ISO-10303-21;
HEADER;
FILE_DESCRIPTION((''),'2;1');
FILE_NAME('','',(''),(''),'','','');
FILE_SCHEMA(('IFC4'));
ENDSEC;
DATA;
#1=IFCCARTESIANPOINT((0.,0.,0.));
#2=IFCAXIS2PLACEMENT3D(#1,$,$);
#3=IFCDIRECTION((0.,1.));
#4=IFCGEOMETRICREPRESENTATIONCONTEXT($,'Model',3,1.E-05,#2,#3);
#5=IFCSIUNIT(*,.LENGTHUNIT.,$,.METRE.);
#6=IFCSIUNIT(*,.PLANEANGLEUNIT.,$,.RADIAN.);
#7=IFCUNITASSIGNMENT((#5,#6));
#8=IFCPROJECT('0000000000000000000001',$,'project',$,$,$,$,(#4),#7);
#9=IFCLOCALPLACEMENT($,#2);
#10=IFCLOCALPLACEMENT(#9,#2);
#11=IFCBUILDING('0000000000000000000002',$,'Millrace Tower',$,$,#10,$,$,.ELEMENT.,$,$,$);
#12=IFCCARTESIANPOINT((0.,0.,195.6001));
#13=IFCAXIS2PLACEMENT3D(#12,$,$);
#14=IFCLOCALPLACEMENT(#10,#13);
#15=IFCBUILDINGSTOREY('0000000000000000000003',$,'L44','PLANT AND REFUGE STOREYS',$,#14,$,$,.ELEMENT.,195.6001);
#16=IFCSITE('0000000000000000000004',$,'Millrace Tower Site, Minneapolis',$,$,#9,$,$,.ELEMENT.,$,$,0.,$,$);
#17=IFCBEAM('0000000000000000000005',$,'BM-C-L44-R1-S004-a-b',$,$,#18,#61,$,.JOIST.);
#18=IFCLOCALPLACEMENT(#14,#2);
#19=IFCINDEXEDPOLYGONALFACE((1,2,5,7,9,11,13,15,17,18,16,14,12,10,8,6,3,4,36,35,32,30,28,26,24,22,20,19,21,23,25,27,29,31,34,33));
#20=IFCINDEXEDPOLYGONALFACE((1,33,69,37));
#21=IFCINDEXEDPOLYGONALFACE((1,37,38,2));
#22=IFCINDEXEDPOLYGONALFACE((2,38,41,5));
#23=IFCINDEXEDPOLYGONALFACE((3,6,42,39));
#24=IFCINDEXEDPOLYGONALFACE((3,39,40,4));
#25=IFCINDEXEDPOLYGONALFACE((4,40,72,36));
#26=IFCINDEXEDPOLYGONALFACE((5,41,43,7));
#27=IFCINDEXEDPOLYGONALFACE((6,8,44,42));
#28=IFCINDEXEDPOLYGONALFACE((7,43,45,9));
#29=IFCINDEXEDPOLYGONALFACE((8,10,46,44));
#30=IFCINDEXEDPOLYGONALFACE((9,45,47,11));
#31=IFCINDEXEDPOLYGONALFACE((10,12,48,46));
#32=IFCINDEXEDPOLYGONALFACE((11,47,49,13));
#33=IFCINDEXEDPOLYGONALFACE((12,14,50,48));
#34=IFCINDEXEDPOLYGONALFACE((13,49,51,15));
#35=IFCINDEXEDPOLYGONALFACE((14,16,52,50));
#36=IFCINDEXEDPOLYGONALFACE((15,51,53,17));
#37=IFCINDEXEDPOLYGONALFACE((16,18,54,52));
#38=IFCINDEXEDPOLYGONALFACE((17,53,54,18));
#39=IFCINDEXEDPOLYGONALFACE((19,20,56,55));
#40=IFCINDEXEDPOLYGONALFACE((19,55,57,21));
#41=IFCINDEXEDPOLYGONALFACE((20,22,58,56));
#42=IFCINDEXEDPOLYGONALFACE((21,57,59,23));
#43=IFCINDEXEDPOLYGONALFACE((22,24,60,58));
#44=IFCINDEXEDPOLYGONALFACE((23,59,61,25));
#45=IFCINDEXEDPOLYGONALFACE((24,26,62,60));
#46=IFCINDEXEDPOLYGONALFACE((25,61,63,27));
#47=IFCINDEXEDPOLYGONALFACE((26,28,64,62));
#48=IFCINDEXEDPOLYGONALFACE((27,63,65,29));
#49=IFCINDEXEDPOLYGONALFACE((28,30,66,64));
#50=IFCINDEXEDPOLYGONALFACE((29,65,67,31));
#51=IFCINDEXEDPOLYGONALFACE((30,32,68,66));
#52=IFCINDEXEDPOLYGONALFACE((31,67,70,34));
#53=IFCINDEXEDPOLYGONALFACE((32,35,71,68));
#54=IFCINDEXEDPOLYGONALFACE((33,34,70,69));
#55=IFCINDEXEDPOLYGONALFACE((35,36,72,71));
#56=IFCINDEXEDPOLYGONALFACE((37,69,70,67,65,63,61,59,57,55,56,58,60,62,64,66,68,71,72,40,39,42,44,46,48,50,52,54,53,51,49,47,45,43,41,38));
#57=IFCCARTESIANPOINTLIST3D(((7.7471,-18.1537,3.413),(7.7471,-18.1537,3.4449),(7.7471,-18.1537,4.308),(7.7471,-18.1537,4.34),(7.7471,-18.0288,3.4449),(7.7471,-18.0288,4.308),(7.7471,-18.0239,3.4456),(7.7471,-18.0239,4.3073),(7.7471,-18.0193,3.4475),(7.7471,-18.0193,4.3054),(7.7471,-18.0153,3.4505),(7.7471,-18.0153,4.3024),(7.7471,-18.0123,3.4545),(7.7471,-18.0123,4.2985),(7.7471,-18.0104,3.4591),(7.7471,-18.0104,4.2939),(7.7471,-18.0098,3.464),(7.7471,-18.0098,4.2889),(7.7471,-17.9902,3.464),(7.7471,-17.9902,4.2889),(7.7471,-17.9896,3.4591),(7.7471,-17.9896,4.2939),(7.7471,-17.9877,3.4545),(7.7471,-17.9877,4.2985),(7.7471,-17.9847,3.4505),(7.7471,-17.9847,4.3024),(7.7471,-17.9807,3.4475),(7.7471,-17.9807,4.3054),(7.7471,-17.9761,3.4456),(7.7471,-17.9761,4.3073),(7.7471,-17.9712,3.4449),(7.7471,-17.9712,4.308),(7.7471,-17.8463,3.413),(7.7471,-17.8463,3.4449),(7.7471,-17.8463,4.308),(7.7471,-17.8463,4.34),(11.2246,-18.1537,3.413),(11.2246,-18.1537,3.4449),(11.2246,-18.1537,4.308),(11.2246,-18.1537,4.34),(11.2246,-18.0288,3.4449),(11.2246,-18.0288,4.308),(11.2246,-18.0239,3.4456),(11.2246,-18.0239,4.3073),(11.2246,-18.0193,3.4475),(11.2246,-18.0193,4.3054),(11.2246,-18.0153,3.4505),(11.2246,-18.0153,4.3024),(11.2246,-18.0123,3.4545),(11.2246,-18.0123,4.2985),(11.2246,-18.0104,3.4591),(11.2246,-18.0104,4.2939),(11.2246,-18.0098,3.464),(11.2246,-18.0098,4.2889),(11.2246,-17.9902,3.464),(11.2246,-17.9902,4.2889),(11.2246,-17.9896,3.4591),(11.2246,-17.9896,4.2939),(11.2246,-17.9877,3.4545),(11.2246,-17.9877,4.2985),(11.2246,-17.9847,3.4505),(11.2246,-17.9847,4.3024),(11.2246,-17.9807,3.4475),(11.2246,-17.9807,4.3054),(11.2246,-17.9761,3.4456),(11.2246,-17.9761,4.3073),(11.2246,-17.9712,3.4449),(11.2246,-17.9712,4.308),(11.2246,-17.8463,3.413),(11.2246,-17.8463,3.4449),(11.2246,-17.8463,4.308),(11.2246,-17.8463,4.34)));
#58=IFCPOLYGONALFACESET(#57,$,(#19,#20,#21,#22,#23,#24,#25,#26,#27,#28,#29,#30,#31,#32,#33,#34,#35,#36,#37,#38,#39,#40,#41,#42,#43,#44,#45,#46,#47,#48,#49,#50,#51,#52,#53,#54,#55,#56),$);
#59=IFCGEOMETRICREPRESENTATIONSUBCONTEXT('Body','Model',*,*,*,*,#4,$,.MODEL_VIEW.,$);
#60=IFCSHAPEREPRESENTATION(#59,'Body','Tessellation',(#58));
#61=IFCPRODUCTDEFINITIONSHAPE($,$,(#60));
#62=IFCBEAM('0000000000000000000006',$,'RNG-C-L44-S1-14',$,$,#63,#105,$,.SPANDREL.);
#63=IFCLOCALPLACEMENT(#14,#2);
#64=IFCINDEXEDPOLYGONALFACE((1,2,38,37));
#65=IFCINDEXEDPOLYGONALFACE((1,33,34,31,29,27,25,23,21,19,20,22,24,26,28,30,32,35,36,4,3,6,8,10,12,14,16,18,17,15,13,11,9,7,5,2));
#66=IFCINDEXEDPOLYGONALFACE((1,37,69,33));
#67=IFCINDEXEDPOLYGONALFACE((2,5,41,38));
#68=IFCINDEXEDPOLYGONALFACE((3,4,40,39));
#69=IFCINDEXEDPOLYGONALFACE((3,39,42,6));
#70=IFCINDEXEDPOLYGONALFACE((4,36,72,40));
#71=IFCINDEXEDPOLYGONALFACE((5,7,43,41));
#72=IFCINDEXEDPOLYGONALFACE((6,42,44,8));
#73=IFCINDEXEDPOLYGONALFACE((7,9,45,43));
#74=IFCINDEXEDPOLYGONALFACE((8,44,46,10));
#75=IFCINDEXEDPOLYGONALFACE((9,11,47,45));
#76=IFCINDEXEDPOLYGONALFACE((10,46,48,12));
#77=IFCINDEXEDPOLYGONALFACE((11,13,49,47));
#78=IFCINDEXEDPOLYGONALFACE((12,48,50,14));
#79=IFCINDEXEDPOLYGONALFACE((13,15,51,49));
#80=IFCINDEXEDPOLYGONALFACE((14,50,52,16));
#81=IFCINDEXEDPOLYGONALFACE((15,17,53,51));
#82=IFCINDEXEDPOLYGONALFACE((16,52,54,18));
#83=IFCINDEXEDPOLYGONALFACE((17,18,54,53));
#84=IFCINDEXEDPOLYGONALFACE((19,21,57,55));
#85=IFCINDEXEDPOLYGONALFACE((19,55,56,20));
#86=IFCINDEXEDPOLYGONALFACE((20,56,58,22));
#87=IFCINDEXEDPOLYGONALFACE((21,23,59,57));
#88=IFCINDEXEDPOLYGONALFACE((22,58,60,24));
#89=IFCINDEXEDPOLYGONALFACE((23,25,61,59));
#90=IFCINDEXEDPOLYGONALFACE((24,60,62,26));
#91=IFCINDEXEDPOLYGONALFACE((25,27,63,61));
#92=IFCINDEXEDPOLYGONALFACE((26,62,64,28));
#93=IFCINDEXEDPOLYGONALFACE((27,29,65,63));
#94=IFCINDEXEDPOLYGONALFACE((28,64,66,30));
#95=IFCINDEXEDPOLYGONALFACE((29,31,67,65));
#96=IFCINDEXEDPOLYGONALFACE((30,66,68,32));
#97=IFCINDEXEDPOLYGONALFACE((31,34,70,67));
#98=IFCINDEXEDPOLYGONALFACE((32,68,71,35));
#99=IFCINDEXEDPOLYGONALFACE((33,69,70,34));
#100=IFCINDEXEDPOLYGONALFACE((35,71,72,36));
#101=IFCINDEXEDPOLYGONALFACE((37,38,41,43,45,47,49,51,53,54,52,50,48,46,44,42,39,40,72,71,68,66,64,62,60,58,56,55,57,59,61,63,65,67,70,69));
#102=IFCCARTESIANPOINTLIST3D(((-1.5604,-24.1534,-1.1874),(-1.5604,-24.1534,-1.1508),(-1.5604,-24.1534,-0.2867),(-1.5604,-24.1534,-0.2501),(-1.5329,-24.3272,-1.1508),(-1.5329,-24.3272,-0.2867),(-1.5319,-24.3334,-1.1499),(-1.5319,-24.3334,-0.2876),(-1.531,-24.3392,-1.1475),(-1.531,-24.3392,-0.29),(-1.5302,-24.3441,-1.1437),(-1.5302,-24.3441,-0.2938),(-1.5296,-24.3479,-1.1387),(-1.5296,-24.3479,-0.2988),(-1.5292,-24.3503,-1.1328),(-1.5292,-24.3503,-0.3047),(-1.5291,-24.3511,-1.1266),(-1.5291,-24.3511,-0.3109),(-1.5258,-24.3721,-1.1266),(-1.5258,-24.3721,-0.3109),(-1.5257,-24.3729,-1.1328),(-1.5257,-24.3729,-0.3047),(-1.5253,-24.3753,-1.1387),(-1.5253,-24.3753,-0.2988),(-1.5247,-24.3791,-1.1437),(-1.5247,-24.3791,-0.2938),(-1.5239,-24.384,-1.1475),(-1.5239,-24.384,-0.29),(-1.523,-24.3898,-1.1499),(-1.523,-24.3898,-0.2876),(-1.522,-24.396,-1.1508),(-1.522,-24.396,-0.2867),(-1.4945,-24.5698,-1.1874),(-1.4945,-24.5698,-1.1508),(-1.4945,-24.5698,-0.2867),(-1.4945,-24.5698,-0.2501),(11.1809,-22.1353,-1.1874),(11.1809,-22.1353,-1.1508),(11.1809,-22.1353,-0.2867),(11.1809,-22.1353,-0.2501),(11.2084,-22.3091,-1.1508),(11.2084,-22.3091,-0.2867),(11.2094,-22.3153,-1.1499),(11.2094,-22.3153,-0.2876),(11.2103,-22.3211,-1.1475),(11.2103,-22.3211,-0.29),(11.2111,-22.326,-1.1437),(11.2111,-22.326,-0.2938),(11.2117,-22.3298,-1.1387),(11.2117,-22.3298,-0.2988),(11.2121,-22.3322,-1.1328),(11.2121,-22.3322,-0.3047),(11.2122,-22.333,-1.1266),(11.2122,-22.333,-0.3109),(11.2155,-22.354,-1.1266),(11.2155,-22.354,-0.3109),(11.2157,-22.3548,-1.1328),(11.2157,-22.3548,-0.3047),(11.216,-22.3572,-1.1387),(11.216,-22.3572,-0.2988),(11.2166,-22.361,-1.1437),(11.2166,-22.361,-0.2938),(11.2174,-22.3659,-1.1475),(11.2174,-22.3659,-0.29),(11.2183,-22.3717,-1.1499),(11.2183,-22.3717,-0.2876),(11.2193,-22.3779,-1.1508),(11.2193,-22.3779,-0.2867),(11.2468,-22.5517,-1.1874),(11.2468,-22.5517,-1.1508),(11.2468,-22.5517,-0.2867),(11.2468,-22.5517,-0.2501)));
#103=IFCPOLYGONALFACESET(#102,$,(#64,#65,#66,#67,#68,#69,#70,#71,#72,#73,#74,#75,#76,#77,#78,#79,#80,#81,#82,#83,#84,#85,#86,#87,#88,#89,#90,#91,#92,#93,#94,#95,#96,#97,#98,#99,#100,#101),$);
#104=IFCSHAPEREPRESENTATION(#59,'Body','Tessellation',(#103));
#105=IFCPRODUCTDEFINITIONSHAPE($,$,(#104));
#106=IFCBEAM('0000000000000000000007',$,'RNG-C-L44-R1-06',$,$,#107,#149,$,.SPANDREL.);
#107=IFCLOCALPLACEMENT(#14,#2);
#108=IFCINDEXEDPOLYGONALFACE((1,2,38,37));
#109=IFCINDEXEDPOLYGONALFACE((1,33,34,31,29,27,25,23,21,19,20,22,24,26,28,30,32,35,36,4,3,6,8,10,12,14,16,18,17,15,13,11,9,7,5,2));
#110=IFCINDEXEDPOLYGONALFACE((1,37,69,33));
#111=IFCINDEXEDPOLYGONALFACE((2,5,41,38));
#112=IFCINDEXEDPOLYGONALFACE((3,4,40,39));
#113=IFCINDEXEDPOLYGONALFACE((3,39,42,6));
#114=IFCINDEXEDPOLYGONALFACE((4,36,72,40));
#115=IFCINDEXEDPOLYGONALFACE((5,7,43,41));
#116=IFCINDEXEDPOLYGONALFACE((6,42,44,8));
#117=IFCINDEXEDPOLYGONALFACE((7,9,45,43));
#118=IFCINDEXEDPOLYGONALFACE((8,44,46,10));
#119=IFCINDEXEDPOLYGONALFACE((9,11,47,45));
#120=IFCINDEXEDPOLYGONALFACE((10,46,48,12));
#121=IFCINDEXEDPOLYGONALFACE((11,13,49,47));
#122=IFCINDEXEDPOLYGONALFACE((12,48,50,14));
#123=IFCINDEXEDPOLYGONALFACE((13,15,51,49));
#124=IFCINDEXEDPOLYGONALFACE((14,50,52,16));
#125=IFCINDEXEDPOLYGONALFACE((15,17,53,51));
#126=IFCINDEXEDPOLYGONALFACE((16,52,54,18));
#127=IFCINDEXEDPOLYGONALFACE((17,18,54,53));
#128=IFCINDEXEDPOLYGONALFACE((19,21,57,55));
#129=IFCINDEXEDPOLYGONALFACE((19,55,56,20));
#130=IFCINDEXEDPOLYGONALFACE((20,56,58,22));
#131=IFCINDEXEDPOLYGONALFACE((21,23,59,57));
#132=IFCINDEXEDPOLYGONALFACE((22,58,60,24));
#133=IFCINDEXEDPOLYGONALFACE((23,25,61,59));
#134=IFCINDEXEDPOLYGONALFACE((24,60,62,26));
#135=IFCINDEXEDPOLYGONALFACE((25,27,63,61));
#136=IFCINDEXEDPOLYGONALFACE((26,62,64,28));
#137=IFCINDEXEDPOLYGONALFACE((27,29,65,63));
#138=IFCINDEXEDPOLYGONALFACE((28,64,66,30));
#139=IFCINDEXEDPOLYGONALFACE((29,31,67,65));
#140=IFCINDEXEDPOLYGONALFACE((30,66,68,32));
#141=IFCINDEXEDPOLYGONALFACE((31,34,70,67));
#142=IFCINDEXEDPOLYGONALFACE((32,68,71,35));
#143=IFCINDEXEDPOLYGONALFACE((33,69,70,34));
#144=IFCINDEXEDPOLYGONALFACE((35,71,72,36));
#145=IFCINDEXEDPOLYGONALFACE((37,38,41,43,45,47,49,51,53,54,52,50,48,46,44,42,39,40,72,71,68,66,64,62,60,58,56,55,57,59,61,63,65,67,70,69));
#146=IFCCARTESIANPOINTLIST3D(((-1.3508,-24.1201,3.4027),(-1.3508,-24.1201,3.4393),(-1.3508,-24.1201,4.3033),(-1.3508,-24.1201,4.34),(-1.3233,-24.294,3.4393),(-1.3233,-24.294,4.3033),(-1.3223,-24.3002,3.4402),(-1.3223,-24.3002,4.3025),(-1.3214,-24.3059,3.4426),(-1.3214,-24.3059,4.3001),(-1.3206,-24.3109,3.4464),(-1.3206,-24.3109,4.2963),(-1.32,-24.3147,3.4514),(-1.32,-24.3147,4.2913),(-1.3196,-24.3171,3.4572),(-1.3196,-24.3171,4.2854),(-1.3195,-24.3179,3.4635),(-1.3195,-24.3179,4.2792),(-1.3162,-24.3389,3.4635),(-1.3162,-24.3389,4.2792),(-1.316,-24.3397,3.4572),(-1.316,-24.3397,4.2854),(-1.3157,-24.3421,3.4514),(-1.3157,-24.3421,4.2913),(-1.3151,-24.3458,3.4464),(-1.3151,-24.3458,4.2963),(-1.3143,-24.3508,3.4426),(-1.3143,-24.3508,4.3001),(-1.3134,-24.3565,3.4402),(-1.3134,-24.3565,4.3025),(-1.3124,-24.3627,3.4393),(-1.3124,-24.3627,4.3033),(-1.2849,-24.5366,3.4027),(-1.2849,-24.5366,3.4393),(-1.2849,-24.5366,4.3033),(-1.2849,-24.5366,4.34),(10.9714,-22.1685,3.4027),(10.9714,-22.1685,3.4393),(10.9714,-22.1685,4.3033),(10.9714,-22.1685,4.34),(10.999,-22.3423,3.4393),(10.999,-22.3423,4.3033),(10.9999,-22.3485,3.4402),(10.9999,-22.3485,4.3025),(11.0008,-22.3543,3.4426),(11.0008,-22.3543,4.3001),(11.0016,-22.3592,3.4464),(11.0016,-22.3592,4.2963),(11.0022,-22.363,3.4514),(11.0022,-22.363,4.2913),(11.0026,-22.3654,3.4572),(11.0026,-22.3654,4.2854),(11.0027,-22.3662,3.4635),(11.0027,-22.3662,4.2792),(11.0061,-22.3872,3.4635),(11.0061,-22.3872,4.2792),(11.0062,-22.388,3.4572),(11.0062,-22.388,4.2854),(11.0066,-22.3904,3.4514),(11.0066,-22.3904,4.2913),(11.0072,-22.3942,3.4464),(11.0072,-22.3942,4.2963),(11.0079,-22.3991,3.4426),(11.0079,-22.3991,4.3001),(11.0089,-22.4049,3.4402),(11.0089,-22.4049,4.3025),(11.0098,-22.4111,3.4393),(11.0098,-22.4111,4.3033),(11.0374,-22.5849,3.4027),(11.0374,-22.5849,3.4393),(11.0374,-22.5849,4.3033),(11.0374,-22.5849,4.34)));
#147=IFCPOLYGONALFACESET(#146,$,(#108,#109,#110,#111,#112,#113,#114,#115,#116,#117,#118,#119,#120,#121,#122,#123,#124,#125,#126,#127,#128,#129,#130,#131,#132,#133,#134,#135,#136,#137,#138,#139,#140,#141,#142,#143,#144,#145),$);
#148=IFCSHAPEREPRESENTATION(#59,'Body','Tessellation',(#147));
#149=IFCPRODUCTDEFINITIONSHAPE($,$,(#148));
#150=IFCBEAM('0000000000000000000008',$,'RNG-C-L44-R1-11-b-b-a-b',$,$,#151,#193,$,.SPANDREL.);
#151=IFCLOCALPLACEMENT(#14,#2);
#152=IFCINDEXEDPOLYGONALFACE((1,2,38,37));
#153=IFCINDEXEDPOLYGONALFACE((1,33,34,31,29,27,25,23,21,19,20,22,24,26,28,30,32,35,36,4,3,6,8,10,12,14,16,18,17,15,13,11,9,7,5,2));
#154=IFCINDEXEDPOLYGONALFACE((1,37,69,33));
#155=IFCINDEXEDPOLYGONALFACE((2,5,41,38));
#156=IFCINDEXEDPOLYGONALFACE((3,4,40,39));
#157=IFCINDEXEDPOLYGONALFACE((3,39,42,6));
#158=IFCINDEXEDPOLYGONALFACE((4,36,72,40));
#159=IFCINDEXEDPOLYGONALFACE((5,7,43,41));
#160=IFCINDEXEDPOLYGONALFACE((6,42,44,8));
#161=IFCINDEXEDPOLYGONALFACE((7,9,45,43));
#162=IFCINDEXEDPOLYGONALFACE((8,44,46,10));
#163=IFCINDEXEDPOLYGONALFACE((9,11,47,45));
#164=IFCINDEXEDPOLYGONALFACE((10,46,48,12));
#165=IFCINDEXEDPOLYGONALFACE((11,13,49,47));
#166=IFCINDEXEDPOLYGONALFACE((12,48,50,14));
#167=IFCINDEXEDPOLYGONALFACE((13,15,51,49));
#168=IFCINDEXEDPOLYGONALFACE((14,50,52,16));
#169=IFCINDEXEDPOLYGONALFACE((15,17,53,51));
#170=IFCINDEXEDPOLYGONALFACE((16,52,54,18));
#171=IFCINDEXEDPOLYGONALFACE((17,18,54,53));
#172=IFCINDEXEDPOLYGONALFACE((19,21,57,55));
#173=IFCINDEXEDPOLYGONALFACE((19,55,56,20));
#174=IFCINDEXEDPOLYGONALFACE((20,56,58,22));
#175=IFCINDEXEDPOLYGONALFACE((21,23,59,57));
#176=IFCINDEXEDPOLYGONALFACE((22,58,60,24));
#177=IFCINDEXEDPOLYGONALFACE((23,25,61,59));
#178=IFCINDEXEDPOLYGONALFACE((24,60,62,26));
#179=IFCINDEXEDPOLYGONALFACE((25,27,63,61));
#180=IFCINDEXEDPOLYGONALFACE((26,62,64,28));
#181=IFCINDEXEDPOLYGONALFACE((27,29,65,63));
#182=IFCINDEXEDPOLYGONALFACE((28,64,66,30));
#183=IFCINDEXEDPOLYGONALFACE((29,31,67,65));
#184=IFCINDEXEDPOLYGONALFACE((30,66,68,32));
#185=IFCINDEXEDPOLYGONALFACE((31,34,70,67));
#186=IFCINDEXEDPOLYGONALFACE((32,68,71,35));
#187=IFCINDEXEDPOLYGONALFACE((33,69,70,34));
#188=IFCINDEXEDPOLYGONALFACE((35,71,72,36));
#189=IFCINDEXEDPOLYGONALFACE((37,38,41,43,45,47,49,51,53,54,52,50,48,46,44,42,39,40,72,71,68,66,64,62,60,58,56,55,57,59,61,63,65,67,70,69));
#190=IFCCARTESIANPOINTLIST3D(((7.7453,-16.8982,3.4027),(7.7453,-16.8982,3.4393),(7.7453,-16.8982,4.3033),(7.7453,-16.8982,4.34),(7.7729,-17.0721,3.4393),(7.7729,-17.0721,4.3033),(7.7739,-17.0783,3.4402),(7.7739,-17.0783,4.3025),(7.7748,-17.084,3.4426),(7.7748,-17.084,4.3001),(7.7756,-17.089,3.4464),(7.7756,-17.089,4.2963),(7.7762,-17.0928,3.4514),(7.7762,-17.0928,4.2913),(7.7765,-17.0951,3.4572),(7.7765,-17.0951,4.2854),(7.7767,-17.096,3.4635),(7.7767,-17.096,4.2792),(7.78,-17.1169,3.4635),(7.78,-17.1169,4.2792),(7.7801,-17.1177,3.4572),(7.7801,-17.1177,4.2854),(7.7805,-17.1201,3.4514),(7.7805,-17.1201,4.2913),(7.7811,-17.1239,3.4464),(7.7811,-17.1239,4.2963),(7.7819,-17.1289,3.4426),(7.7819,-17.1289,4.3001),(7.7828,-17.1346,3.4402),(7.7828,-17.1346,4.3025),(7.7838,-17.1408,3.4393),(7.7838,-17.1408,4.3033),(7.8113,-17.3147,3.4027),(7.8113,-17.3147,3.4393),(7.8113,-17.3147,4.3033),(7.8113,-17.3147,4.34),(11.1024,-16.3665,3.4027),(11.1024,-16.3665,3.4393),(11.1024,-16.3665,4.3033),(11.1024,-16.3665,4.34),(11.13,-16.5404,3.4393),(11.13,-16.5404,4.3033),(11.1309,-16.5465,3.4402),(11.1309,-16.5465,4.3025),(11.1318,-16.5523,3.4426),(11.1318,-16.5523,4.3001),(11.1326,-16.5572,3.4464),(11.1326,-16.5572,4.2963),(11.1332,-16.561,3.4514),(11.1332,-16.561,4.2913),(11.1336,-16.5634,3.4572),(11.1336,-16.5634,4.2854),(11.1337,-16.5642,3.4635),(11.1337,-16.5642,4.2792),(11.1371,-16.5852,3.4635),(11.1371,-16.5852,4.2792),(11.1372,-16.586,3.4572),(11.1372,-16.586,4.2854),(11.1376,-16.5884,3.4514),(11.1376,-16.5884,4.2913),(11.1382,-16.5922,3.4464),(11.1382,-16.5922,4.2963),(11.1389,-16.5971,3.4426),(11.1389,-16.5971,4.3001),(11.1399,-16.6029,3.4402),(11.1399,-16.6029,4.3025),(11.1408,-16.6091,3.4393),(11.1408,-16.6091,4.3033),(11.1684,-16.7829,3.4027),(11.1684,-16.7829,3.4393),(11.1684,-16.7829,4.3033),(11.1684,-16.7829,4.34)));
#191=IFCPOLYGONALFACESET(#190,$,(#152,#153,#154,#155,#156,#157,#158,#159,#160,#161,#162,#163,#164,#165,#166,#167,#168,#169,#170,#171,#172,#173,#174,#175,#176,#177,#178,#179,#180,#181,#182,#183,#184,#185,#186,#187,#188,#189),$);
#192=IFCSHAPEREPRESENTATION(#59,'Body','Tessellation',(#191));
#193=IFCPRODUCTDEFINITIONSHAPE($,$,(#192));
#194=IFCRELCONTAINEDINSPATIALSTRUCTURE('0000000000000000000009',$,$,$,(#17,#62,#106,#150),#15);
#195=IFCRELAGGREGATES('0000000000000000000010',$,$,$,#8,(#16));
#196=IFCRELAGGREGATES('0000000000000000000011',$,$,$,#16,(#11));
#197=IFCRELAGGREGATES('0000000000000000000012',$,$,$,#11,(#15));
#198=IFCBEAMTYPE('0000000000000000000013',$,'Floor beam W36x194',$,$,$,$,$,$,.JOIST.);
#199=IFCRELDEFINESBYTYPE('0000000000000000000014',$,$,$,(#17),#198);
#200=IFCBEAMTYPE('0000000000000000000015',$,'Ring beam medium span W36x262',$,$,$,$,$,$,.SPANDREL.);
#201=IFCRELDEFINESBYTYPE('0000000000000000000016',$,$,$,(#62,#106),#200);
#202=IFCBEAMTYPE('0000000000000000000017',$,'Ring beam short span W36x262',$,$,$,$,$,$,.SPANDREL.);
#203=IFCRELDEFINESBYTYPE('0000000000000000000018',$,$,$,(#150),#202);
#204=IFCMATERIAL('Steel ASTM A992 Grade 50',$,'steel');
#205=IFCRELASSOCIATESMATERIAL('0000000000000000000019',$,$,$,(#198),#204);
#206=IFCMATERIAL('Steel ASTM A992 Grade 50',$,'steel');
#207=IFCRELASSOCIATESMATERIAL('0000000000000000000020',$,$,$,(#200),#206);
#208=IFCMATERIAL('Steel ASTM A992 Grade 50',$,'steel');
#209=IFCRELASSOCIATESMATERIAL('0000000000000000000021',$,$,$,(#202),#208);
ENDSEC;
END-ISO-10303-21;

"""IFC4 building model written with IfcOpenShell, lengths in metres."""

from ifc_helpers import new_model, si_unit, direction, frame, origin, origin_2d, place, context, subcontext, project, spatial, i_section, extrude, material, material_profile, profile_set, type_object, element, save


model = new_model("IFC4")

# Units and contexts
model_context = context("Model", 3, precision=1e-05, world=origin(), true_north=direction((0.0, 1.0)))
body_context = subcontext(model_context, "Body", "Model", "MODEL_VIEW")
ifc_project = project(units=[si_unit("LENGTHUNIT", "METRE"), si_unit("PLANEANGLEUNIT", "RADIAN")], contexts=[model_context])

# Site, building, storey
site_placement = place(None, origin())
site = spatial("IfcSite", under=ifc_project, at=site_placement, Name="Millrace Tower Site, Minneapolis", CompositionType="ELEMENT", RefElevation=0.0)
building_placement = place(site_placement, origin())
building = spatial("IfcBuilding", under=site, at=building_placement, Name="Millrace Tower", CompositionType="ELEMENT")
storey_placement = place(building_placement, frame((0.0, 0.0, 195.6001)))
storey = spatial("IfcBuildingStorey", under=building, at=storey_placement, Name="L44", Description="PLANT AND REFUGE STOREYS", CompositionType="ELEMENT", Elevation=195.6001)

# Beams
ifc_material_1 = material(Name="Steel ASTM A992 Grade 50", Category="steel")
ifc_material_profile_1 = material_profile(ifc_material_1, i_section(OverallWidth=0.3074, OverallDepth=0.927, WebThickness=0.0195, FlangeThickness=0.032, FilletRadius=0.019, at=origin_2d()))
ifc_profile_set_1 = profile_set([ifc_material_profile_1], Name="Steel ASTM A992 Grade 50")
beam_type_1 = type_object("IfcBeamType", Name="Floor beam W36x194", PredefinedType="JOIST", material=ifc_profile_set_1)
beam_1_placement = place(storey_placement, frame((7.7471, -18.0, 3.8765), z_axis=(1.0, 0.0, 0.0), x_axis=(0.0, 1.0, 0.0)))
element("IfcBeam", 1, at=beam_1_placement, inside=storey, type_object=beam_type_1, Name="BM-C-L44-R1-S004-a-b", PredefinedType="JOIST", context=body_context, shape_type="SweptSolid", body=[
    extrude(i_section(OverallWidth=0.3074, OverallDepth=0.927, WebThickness=0.0195, FlangeThickness=0.032, FilletRadius=0.019, at=origin_2d()), origin(), (0.0, 0.0, 1.0), 3.4775),
])
ifc_material_2 = material(Name="Steel ASTM A992 Grade 50", Category="steel")
ifc_material_profile_2 = material_profile(ifc_material_2, i_section(OverallWidth=0.4216, OverallDepth=0.9373, WebThickness=0.0212, FlangeThickness=0.0366, FilletRadius=0.0242, at=origin_2d()))
ifc_profile_set_2 = profile_set([ifc_material_profile_2], Name="Steel ASTM A992 Grade 50")
beam_type_2 = type_object("IfcBeamType", Name="Ring beam medium span W36x262", PredefinedType="SPANDREL", material=ifc_profile_set_2)
beam_2_placement = place(storey_placement, frame((11.2139, -22.3435, -0.7188), z_axis=(-0.987688, -0.156439, 0.0), x_axis=(0.156439, -0.987688, 0.0)))
element("IfcBeam", 2, at=beam_2_placement, inside=storey, type_object=beam_type_2, Name="RNG-C-L44-S1-14", PredefinedType="SPANDREL", context=body_context, shape_type="SweptSolid", body=[
    extrude(i_section(OverallWidth=0.4216, OverallDepth=0.9373, WebThickness=0.0212, FlangeThickness=0.0366, FilletRadius=0.0242, at=origin_2d()), origin(), (0.0, 0.0, 1.0), 12.9001),
])
beam_3_placement = place(storey_placement, frame((11.0044, -22.3767, 3.8713), z_axis=(-0.987688, -0.156435, 0.0), x_axis=(0.156435, -0.987688, 0.0)))
element("IfcBeam", 3, at=beam_3_placement, inside=storey, type_object=beam_type_2, Name="RNG-C-L44-R1-06", PredefinedType="SPANDREL", context=body_context, shape_type="SweptSolid", body=[
    extrude(i_section(OverallWidth=0.4216, OverallDepth=0.9373, WebThickness=0.0212, FlangeThickness=0.0366, FilletRadius=0.0242, at=origin_2d()), origin(), (0.0, 0.0, 1.0), 12.4758),
])
ifc_material_3 = material(Name="Steel ASTM A992 Grade 50", Category="steel")
ifc_material_profile_3 = material_profile(ifc_material_3, i_section(OverallWidth=0.4216, OverallDepth=0.9373, WebThickness=0.0212, FlangeThickness=0.0366, FilletRadius=0.0242, at=origin_2d()))
ifc_profile_set_3 = profile_set([ifc_material_profile_3], Name="Steel ASTM A992 Grade 50")
beam_type_3 = type_object("IfcBeamType", Name="Ring beam short span W36x262", PredefinedType="SPANDREL", material=ifc_profile_set_3)
beam_4_placement = place(storey_placement, frame((7.7783, -17.1064, 3.8713), z_axis=(0.987688, 0.156438, 0.0), x_axis=(-0.156438, 0.987688, 0.0)))
element("IfcBeam", 4, at=beam_4_placement, inside=storey, type_object=beam_type_3, Name="RNG-C-L44-R1-11-b-b-a-b", PredefinedType="SPANDREL", context=body_context, shape_type="SweptSolid", body=[
    extrude(i_section(OverallWidth=0.4216, OverallDepth=0.9373, WebThickness=0.0212, FlangeThickness=0.0366, FilletRadius=0.0242, at=origin_2d()), origin(), (0.0, 0.0, 1.0), 3.3989),
])

save(model, "model.ifc")
